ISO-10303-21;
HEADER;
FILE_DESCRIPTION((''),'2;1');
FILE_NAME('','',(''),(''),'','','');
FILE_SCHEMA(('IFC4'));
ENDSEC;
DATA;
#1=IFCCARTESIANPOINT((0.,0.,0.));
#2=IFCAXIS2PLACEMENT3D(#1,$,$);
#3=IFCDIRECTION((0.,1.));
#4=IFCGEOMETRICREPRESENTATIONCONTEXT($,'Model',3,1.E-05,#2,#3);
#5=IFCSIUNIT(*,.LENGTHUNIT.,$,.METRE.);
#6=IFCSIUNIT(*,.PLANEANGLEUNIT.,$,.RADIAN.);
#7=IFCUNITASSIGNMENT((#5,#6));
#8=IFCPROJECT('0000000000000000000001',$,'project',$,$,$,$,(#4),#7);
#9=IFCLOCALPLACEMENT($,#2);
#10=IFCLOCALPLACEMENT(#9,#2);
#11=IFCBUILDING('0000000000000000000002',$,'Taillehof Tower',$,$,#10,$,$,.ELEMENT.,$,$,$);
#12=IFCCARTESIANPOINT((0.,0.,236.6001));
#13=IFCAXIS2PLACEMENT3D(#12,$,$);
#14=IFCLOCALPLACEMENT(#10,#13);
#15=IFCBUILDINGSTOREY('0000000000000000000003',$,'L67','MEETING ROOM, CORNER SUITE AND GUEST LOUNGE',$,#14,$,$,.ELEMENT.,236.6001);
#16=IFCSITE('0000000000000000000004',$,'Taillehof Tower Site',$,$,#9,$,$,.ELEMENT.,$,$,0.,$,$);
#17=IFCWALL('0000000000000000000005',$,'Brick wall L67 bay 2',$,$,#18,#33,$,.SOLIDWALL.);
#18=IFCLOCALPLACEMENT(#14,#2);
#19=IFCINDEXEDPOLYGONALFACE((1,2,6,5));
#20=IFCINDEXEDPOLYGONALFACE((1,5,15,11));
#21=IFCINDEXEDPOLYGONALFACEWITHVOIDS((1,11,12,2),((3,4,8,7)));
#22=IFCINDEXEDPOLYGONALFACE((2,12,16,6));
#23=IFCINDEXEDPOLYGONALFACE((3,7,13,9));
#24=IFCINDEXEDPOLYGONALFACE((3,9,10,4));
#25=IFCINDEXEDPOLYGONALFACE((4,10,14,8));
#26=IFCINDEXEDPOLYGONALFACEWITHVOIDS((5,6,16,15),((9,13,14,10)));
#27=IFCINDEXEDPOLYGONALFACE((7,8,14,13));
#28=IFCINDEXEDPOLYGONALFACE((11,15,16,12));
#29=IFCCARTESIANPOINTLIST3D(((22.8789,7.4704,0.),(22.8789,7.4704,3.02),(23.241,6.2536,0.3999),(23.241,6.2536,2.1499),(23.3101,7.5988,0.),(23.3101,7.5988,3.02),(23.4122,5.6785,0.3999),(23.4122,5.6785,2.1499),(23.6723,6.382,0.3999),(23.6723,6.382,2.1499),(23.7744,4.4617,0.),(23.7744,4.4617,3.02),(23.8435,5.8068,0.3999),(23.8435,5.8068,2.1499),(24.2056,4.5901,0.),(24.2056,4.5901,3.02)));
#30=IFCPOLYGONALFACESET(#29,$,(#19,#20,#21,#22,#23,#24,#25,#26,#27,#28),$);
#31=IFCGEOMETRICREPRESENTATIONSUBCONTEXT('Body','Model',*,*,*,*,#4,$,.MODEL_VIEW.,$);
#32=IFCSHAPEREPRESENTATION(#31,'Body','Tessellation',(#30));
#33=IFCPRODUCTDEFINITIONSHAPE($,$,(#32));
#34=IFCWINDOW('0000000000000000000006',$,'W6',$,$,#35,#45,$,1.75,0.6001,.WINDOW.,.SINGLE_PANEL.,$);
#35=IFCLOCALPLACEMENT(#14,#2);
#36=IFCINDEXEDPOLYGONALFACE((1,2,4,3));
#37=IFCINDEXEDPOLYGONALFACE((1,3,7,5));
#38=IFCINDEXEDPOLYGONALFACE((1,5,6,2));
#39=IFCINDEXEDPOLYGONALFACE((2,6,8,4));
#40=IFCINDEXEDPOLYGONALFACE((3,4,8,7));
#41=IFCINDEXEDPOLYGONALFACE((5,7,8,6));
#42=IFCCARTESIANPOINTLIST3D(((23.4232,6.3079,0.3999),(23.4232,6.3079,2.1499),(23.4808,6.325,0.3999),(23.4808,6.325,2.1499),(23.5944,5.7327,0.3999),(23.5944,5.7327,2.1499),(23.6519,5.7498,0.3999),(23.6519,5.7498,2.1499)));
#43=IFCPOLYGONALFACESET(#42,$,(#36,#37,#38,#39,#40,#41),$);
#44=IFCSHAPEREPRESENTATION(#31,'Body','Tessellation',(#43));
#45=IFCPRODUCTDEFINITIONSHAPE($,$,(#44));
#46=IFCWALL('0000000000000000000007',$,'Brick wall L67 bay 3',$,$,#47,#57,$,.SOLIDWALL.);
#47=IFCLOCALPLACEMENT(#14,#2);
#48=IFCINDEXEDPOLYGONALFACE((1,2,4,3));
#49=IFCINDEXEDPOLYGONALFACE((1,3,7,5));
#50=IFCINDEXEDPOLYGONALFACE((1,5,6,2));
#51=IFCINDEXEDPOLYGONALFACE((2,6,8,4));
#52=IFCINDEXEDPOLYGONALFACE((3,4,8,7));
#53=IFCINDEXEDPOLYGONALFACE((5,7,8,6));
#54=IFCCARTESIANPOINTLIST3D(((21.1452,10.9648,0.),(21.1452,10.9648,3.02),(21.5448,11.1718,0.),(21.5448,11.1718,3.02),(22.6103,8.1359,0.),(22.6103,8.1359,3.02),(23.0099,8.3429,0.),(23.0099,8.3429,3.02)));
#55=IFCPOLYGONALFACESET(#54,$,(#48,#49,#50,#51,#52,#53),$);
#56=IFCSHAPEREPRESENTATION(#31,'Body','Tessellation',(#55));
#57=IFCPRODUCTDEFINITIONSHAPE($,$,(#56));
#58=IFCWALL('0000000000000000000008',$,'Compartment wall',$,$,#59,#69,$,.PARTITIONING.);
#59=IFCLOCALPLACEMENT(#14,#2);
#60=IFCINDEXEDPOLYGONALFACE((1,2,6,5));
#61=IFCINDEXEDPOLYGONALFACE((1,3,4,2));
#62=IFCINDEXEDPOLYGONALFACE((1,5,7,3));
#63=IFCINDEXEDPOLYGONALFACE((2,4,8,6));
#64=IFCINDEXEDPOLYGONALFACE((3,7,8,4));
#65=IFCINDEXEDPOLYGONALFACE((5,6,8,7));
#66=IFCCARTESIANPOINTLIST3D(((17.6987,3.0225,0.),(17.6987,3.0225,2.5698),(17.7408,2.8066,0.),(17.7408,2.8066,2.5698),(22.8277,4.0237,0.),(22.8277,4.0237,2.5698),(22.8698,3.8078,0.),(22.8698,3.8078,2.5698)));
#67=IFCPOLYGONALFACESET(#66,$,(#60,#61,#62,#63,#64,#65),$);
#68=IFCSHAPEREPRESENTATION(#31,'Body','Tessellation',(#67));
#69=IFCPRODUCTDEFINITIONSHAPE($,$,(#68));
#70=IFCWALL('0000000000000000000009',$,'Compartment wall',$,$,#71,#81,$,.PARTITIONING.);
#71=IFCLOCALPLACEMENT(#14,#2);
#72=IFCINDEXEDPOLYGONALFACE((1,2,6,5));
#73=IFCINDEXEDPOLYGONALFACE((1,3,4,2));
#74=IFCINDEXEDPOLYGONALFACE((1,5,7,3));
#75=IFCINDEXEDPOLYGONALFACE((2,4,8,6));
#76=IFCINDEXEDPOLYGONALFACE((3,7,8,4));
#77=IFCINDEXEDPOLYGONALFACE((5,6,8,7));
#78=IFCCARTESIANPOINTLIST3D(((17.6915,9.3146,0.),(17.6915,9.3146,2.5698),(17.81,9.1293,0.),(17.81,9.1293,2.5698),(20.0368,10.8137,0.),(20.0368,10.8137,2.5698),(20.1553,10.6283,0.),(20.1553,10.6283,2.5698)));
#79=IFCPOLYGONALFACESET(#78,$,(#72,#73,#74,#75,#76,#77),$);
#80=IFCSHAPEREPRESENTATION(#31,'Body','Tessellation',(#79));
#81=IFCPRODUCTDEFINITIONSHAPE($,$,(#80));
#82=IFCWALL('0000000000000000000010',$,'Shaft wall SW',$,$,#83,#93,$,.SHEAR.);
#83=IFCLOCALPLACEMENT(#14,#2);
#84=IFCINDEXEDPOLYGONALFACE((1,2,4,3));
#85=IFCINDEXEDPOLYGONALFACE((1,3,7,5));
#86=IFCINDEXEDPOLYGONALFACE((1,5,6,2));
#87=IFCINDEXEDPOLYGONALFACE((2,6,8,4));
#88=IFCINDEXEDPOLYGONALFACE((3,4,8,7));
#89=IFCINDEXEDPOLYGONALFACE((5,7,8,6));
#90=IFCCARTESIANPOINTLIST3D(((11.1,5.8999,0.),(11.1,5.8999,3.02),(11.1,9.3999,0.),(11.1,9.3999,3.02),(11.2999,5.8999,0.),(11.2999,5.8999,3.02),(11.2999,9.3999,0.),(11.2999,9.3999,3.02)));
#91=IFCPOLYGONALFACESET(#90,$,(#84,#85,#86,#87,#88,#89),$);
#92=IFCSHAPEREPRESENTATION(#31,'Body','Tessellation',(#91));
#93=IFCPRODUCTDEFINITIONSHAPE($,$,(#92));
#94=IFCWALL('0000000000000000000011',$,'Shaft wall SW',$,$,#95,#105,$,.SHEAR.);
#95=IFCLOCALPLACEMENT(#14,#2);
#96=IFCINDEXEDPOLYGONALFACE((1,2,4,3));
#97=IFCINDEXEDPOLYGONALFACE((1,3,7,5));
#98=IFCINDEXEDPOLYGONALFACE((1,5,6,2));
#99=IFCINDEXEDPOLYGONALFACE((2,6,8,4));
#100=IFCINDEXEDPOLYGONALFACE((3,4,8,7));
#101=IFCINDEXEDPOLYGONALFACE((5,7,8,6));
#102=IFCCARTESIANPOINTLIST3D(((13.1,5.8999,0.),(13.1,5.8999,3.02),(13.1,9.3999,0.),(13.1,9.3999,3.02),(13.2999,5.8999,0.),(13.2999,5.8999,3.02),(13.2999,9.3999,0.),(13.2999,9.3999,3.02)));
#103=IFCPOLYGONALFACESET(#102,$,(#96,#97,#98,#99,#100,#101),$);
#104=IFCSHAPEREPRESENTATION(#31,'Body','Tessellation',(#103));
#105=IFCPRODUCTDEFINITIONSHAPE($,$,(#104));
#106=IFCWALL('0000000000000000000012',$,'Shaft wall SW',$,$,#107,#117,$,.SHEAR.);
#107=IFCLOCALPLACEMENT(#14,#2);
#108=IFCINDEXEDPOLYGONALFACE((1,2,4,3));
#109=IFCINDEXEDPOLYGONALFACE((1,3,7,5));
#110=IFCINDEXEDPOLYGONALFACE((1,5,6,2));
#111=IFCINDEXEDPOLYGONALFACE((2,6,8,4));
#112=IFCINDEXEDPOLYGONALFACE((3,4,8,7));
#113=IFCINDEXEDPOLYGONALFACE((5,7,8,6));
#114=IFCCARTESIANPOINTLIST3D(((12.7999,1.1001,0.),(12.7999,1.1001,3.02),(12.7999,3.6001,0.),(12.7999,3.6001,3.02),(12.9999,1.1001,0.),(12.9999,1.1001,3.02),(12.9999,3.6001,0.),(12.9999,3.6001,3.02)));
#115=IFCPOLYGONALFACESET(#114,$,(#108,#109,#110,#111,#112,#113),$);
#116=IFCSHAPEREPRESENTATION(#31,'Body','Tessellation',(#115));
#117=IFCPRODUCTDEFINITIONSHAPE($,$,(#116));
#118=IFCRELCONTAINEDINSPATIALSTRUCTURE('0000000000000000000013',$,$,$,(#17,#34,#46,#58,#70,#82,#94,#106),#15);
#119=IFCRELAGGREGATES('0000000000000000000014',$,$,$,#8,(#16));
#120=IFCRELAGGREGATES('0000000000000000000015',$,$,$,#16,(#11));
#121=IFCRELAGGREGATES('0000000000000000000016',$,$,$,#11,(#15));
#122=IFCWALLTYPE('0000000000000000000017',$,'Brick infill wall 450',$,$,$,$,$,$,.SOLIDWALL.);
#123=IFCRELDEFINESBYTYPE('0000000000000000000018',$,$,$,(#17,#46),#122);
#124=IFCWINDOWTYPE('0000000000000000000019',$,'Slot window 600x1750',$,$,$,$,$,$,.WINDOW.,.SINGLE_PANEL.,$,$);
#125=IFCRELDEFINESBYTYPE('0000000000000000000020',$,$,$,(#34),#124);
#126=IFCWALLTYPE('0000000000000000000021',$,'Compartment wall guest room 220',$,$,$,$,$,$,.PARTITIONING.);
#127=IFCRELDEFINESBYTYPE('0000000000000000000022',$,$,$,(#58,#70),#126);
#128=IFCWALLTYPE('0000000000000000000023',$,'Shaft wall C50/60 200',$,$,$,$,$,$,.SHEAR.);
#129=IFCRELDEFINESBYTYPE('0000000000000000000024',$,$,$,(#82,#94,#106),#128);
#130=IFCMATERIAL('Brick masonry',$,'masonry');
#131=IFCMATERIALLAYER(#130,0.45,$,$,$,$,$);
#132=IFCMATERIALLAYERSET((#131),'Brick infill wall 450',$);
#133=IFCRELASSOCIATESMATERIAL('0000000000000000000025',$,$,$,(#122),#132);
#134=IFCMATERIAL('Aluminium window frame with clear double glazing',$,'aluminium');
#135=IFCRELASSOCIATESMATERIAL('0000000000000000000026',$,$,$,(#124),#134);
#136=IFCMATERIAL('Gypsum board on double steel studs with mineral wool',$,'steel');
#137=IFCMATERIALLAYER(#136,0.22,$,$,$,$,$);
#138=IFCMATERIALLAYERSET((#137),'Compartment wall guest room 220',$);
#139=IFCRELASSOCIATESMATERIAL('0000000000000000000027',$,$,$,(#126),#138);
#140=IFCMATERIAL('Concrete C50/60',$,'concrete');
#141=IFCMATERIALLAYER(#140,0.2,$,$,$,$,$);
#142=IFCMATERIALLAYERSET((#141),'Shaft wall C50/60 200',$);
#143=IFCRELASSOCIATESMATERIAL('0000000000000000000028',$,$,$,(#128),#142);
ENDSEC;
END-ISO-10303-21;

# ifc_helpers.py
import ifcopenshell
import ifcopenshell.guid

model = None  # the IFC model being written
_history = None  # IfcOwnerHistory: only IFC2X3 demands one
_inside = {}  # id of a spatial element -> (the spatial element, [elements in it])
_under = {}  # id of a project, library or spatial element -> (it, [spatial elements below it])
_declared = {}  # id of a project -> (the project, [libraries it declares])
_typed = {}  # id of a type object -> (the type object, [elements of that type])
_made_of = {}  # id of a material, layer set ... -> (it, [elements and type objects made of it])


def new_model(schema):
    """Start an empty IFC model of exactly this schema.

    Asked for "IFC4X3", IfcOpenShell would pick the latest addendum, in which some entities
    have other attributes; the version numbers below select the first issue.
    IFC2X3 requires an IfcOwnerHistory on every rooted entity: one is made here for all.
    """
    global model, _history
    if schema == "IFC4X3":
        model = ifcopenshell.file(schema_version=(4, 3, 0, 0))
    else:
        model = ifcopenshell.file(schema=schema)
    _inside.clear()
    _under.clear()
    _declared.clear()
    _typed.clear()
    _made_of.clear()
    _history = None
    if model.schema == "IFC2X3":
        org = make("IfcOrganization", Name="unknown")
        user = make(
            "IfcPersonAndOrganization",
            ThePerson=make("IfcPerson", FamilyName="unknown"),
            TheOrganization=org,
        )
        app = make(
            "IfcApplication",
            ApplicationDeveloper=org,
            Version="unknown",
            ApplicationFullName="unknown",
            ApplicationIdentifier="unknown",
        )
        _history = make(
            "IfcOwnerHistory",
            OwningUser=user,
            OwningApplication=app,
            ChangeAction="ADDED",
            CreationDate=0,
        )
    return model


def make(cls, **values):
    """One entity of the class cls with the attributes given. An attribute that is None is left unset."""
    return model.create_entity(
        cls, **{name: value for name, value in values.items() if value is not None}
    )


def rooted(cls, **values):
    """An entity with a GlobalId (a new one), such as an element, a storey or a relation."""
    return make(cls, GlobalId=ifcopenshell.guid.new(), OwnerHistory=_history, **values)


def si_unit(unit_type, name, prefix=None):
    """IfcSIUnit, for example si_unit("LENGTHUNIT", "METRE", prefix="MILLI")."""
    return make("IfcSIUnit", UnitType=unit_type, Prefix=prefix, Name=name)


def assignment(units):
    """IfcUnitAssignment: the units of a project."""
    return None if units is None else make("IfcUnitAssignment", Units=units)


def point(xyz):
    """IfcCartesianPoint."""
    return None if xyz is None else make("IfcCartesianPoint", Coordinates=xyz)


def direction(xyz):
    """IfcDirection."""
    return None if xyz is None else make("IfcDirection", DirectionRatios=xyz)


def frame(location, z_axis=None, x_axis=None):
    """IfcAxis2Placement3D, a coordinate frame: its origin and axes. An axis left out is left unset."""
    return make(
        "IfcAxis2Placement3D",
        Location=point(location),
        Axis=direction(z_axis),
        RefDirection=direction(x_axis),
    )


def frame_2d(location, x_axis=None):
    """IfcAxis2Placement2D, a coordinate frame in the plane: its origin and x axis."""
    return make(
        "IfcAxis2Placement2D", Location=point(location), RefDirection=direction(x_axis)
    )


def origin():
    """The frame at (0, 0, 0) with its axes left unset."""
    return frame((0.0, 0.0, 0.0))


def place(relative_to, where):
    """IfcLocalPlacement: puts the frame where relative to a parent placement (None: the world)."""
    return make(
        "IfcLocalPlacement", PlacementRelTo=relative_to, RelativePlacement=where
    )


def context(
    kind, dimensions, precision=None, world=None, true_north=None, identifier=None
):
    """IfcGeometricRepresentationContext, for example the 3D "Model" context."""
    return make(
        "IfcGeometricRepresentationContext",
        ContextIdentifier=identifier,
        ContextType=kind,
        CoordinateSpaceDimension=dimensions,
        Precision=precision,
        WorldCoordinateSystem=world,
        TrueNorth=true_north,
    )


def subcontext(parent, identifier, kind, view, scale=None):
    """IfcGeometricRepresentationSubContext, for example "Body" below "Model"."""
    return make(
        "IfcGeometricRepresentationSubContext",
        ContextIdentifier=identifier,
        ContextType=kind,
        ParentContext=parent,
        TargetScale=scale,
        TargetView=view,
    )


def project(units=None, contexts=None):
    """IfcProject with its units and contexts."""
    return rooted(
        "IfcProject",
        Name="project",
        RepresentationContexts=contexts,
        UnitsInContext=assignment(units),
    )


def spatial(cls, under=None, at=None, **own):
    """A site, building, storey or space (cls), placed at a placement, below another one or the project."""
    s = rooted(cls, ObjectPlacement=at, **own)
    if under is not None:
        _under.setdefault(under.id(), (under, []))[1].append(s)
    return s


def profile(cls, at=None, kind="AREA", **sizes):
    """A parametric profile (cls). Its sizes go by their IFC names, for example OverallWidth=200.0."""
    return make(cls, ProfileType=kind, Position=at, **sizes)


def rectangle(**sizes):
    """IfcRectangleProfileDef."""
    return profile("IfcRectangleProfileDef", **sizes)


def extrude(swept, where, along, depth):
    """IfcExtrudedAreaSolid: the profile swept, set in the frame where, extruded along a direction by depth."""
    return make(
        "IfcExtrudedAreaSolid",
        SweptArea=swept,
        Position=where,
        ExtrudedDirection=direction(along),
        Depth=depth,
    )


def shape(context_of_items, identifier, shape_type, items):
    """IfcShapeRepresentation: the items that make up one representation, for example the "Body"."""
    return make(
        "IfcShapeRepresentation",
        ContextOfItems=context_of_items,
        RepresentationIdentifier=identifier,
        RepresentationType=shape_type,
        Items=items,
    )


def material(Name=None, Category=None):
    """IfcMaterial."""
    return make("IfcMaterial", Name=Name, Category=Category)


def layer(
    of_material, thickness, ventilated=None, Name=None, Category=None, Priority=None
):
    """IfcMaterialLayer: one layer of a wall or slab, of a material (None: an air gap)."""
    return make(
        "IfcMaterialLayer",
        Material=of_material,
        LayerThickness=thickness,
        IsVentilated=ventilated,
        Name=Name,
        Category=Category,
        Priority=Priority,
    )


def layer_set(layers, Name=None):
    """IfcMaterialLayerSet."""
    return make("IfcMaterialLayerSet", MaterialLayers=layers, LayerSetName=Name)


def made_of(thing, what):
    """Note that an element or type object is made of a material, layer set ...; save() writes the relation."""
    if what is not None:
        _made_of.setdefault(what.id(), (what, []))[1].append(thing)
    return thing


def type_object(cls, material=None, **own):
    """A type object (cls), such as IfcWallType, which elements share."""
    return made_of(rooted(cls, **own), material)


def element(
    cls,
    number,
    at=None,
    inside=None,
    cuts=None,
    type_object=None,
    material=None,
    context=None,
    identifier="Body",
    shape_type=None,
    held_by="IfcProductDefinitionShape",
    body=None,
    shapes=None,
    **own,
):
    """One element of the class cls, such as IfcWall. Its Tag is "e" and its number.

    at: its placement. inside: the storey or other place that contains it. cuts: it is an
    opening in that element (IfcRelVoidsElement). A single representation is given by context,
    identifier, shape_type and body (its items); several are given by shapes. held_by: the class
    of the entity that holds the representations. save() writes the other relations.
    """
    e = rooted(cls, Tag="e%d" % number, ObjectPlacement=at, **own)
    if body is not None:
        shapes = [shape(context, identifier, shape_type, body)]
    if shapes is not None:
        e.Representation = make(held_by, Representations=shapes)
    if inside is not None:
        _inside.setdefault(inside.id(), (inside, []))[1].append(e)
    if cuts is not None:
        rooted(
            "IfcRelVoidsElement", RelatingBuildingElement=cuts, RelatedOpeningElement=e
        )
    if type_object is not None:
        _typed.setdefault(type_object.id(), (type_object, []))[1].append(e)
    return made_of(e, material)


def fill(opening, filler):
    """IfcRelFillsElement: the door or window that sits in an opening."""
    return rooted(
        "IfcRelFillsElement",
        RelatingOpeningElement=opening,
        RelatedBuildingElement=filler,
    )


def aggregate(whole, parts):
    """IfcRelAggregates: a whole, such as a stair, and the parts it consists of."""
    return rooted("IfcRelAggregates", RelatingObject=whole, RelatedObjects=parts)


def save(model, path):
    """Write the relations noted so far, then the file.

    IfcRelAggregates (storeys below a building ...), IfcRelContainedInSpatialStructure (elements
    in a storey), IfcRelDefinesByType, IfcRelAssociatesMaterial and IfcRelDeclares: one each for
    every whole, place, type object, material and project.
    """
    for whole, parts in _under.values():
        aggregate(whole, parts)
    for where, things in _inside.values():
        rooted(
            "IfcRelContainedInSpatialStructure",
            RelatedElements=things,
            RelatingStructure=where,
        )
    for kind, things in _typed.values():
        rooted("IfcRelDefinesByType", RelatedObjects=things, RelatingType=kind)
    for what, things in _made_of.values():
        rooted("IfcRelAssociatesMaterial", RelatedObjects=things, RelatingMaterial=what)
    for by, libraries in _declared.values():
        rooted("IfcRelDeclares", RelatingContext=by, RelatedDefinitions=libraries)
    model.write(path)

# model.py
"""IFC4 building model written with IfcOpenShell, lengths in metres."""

from ifc_helpers import new_model, si_unit, direction, frame, frame_2d, origin, place, context, subcontext, project, spatial, rectangle, extrude, material, layer, layer_set, type_object, element, fill, save


model = new_model("IFC4")

# Units and contexts
model_context = context("Model", 3, precision=1e-05, world=origin(), true_north=direction((0.0, 1.0)))
body_context = subcontext(model_context, "Body", "Model", "MODEL_VIEW")
ifc_project = project(units=[si_unit("LENGTHUNIT", "METRE"), si_unit("PLANEANGLEUNIT", "RADIAN")], contexts=[model_context])

# Site, building, storey
site_placement = place(None, origin())
site = spatial("IfcSite", under=ifc_project, at=site_placement, Name="Taillehof Tower Site", CompositionType="ELEMENT", RefElevation=0.0)
building_placement = place(site_placement, origin())
building = spatial("IfcBuilding", under=site, at=building_placement, Name="Taillehof Tower", CompositionType="ELEMENT")
storey_placement = place(building_placement, frame((0.0, 0.0, 236.6001)))
storey = spatial("IfcBuildingStorey", under=building, at=storey_placement, Name="L67", Description="MEETING ROOM, CORNER SUITE AND GUEST LOUNGE", CompositionType="ELEMENT", Elevation=236.6001)

# Shared definitions
ifc_material_1 = material(Name="Brick masonry", Category="masonry")
ifc_layer_1 = layer(ifc_material_1, 0.45)
ifc_layer_set_1 = layer_set([ifc_layer_1], Name="Brick infill wall 450")
wall_type_1 = type_object("IfcWallType", Name="Brick infill wall 450", PredefinedType="SOLIDWALL", material=ifc_layer_set_1)

# Wall, opening, window
wall_1_placement = place(storey_placement, frame((23.99, 4.5259, 0.0), z_axis=(0.0, 0.0, 1.0), x_axis=(-0.285264, 0.958449, 0.0)))
wall_1 = element("IfcWall", 1, at=wall_1_placement, inside=storey, type_object=wall_type_1, Name="Brick wall L67 bay 2", PredefinedType="SOLIDWALL", context=body_context, shape_type="SweptSolid", body=[
    extrude(rectangle(XDim=3.1392, YDim=0.45, at=frame_2d((1.5696, 0.0))), origin(), (0.0, 0.0, 1.0), 3.02),
])
opening_placement = place(wall_1_placement, frame((1.2695, 0.0, 0.3999)))
opening = element("IfcOpeningElement", 2, at=opening_placement, cuts=wall_1, PredefinedType="OPENING", context=body_context, shape_type="SweptSolid", body=[
    extrude(rectangle(XDim=0.6001, YDim=1.75, at=frame_2d((0.3, 0.875))), frame((0.0, 0.2349, 0.0), z_axis=(0.0, -1.0, 0.0), x_axis=(1.0, 0.0, 0.0)), (0.0, 0.0, 1.0), 0.47),
])
ifc_material_2 = material(Name="Aluminium window frame with clear double glazing", Category="aluminium")
window_type = type_object("IfcWindowType", Name="Slot window 600x1750", PartitioningType="SINGLE_PANEL", PredefinedType="WINDOW", material=ifc_material_2)
window_placement = place(opening_placement, origin())
window = element("IfcWindow", 3, at=window_placement, inside=storey, type_object=window_type, Name="W6", OverallHeight=1.75, OverallWidth=0.6001, PartitioningType="SINGLE_PANEL", PredefinedType="WINDOW", context=body_context, shape_type="SweptSolid", body=[
    extrude(rectangle(XDim=0.6001, YDim=1.75, at=frame_2d((0.3, 0.875))), frame((0.0, 0.0349, 0.0), z_axis=(0.0, -1.0, 0.0), x_axis=(1.0, 0.0, 0.0)), (0.0, 0.0, 1.0), 0.0601),
])
fill(opening, window)

# Walls
wall_2_placement = place(storey_placement, frame((22.8101, 8.2395, 0.0), z_axis=(0.0, 0.0, 1.0), x_axis=(-0.45989, 0.887976, 0.0)))
element("IfcWall", 4, at=wall_2_placement, inside=storey, type_object=wall_type_1, Name="Brick wall L67 bay 3", PredefinedType="SOLIDWALL", context=body_context, shape_type="SweptSolid", body=[
    extrude(rectangle(XDim=3.1858, YDim=0.45, at=frame_2d((1.5928, 0.0))), origin(), (0.0, 0.0, 1.0), 3.02),
])
ifc_material_3 = material(Name="Gypsum board on double steel studs with mineral wool", Category="steel")
ifc_layer_2 = layer(ifc_material_3, 0.22)
ifc_layer_set_2 = layer_set([ifc_layer_2], Name="Compartment wall guest room 220")
wall_type_2 = type_object("IfcWallType", Name="Compartment wall guest room 220", PredefinedType="PARTITIONING", material=ifc_layer_set_2)
wall_3_placement = place(storey_placement, frame((22.8486, 3.9158, 0.0), z_axis=(0.0, 0.0, 1.0), x_axis=(-0.981474, -0.191595, 0.0)))
element("IfcWall", 5, at=wall_3_placement, inside=storey, type_object=wall_type_2, Name="Compartment wall", PredefinedType="PARTITIONING", context=body_context, shape_type="SweptSolid", body=[
    extrude(rectangle(XDim=5.2258, YDim=0.22, at=frame_2d((2.6128, 0.0))), origin(), (0.0, 0.0, 1.0), 2.5698),
])
wall_4_placement = place(storey_placement, frame((20.0959, 10.7209, 0.0), z_axis=(0.0, 0.0, 1.0), x_axis=(-0.842583, -0.538566, 0.0)))
element("IfcWall", 6, at=wall_4_placement, inside=storey, type_object=wall_type_2, Name="Compartment wall", PredefinedType="PARTITIONING", context=body_context, shape_type="SweptSolid", body=[
    extrude(rectangle(XDim=2.7834, YDim=0.22, at=frame_2d((1.3916, 0.0))), origin(), (0.0, 0.0, 1.0), 2.5698),
])
ifc_material_4 = material(Name="Concrete C50/60", Category="concrete")
ifc_layer_3 = layer(ifc_material_4, 0.2)
ifc_layer_set_3 = layer_set([ifc_layer_3], Name="Shaft wall C50/60 200")
wall_type_3 = type_object("IfcWallType", Name="Shaft wall C50/60 200", PredefinedType="SHEAR", material=ifc_layer_set_3)
for number, where, z_axis, x_axis, name in (
    (7, (11.2, 5.8999, 0.0), (0.0, 0.0, 1.0), (0.0, 1.0, 0.0), "Shaft wall SW"),
    (8, (13.2, 5.8999, 0.0), (0.0, 0.0, 1.0), (0.0, 1.0, 0.0), "Shaft wall SW"),
):
    element("IfcWall", number, at=place(storey_placement, frame(where, z_axis=z_axis, x_axis=x_axis)), inside=storey, type_object=wall_type_3, Name=name, PredefinedType="SHEAR", context=body_context, shape_type="SweptSolid", body=[
        extrude(rectangle(XDim=3.5, YDim=0.2, at=frame_2d((1.75, 0.0))), origin(), (0.0, 0.0, 1.0), 3.02),
    ])
wall_5_placement = place(storey_placement, frame((12.8999, 1.1001, 0.0), z_axis=(0.0, 0.0, 1.0), x_axis=(0.0, 1.0, 0.0)))
element("IfcWall", 9, at=wall_5_placement, inside=storey, type_object=wall_type_3, Name="Shaft wall SW", PredefinedType="SHEAR", context=body_context, shape_type="SweptSolid", body=[
    extrude(rectangle(XDim=2.5, YDim=0.2, at=frame_2d((1.25, 0.0))), origin(), (0.0, 0.0, 1.0), 3.02),
])

save(model, "model.ifc")
